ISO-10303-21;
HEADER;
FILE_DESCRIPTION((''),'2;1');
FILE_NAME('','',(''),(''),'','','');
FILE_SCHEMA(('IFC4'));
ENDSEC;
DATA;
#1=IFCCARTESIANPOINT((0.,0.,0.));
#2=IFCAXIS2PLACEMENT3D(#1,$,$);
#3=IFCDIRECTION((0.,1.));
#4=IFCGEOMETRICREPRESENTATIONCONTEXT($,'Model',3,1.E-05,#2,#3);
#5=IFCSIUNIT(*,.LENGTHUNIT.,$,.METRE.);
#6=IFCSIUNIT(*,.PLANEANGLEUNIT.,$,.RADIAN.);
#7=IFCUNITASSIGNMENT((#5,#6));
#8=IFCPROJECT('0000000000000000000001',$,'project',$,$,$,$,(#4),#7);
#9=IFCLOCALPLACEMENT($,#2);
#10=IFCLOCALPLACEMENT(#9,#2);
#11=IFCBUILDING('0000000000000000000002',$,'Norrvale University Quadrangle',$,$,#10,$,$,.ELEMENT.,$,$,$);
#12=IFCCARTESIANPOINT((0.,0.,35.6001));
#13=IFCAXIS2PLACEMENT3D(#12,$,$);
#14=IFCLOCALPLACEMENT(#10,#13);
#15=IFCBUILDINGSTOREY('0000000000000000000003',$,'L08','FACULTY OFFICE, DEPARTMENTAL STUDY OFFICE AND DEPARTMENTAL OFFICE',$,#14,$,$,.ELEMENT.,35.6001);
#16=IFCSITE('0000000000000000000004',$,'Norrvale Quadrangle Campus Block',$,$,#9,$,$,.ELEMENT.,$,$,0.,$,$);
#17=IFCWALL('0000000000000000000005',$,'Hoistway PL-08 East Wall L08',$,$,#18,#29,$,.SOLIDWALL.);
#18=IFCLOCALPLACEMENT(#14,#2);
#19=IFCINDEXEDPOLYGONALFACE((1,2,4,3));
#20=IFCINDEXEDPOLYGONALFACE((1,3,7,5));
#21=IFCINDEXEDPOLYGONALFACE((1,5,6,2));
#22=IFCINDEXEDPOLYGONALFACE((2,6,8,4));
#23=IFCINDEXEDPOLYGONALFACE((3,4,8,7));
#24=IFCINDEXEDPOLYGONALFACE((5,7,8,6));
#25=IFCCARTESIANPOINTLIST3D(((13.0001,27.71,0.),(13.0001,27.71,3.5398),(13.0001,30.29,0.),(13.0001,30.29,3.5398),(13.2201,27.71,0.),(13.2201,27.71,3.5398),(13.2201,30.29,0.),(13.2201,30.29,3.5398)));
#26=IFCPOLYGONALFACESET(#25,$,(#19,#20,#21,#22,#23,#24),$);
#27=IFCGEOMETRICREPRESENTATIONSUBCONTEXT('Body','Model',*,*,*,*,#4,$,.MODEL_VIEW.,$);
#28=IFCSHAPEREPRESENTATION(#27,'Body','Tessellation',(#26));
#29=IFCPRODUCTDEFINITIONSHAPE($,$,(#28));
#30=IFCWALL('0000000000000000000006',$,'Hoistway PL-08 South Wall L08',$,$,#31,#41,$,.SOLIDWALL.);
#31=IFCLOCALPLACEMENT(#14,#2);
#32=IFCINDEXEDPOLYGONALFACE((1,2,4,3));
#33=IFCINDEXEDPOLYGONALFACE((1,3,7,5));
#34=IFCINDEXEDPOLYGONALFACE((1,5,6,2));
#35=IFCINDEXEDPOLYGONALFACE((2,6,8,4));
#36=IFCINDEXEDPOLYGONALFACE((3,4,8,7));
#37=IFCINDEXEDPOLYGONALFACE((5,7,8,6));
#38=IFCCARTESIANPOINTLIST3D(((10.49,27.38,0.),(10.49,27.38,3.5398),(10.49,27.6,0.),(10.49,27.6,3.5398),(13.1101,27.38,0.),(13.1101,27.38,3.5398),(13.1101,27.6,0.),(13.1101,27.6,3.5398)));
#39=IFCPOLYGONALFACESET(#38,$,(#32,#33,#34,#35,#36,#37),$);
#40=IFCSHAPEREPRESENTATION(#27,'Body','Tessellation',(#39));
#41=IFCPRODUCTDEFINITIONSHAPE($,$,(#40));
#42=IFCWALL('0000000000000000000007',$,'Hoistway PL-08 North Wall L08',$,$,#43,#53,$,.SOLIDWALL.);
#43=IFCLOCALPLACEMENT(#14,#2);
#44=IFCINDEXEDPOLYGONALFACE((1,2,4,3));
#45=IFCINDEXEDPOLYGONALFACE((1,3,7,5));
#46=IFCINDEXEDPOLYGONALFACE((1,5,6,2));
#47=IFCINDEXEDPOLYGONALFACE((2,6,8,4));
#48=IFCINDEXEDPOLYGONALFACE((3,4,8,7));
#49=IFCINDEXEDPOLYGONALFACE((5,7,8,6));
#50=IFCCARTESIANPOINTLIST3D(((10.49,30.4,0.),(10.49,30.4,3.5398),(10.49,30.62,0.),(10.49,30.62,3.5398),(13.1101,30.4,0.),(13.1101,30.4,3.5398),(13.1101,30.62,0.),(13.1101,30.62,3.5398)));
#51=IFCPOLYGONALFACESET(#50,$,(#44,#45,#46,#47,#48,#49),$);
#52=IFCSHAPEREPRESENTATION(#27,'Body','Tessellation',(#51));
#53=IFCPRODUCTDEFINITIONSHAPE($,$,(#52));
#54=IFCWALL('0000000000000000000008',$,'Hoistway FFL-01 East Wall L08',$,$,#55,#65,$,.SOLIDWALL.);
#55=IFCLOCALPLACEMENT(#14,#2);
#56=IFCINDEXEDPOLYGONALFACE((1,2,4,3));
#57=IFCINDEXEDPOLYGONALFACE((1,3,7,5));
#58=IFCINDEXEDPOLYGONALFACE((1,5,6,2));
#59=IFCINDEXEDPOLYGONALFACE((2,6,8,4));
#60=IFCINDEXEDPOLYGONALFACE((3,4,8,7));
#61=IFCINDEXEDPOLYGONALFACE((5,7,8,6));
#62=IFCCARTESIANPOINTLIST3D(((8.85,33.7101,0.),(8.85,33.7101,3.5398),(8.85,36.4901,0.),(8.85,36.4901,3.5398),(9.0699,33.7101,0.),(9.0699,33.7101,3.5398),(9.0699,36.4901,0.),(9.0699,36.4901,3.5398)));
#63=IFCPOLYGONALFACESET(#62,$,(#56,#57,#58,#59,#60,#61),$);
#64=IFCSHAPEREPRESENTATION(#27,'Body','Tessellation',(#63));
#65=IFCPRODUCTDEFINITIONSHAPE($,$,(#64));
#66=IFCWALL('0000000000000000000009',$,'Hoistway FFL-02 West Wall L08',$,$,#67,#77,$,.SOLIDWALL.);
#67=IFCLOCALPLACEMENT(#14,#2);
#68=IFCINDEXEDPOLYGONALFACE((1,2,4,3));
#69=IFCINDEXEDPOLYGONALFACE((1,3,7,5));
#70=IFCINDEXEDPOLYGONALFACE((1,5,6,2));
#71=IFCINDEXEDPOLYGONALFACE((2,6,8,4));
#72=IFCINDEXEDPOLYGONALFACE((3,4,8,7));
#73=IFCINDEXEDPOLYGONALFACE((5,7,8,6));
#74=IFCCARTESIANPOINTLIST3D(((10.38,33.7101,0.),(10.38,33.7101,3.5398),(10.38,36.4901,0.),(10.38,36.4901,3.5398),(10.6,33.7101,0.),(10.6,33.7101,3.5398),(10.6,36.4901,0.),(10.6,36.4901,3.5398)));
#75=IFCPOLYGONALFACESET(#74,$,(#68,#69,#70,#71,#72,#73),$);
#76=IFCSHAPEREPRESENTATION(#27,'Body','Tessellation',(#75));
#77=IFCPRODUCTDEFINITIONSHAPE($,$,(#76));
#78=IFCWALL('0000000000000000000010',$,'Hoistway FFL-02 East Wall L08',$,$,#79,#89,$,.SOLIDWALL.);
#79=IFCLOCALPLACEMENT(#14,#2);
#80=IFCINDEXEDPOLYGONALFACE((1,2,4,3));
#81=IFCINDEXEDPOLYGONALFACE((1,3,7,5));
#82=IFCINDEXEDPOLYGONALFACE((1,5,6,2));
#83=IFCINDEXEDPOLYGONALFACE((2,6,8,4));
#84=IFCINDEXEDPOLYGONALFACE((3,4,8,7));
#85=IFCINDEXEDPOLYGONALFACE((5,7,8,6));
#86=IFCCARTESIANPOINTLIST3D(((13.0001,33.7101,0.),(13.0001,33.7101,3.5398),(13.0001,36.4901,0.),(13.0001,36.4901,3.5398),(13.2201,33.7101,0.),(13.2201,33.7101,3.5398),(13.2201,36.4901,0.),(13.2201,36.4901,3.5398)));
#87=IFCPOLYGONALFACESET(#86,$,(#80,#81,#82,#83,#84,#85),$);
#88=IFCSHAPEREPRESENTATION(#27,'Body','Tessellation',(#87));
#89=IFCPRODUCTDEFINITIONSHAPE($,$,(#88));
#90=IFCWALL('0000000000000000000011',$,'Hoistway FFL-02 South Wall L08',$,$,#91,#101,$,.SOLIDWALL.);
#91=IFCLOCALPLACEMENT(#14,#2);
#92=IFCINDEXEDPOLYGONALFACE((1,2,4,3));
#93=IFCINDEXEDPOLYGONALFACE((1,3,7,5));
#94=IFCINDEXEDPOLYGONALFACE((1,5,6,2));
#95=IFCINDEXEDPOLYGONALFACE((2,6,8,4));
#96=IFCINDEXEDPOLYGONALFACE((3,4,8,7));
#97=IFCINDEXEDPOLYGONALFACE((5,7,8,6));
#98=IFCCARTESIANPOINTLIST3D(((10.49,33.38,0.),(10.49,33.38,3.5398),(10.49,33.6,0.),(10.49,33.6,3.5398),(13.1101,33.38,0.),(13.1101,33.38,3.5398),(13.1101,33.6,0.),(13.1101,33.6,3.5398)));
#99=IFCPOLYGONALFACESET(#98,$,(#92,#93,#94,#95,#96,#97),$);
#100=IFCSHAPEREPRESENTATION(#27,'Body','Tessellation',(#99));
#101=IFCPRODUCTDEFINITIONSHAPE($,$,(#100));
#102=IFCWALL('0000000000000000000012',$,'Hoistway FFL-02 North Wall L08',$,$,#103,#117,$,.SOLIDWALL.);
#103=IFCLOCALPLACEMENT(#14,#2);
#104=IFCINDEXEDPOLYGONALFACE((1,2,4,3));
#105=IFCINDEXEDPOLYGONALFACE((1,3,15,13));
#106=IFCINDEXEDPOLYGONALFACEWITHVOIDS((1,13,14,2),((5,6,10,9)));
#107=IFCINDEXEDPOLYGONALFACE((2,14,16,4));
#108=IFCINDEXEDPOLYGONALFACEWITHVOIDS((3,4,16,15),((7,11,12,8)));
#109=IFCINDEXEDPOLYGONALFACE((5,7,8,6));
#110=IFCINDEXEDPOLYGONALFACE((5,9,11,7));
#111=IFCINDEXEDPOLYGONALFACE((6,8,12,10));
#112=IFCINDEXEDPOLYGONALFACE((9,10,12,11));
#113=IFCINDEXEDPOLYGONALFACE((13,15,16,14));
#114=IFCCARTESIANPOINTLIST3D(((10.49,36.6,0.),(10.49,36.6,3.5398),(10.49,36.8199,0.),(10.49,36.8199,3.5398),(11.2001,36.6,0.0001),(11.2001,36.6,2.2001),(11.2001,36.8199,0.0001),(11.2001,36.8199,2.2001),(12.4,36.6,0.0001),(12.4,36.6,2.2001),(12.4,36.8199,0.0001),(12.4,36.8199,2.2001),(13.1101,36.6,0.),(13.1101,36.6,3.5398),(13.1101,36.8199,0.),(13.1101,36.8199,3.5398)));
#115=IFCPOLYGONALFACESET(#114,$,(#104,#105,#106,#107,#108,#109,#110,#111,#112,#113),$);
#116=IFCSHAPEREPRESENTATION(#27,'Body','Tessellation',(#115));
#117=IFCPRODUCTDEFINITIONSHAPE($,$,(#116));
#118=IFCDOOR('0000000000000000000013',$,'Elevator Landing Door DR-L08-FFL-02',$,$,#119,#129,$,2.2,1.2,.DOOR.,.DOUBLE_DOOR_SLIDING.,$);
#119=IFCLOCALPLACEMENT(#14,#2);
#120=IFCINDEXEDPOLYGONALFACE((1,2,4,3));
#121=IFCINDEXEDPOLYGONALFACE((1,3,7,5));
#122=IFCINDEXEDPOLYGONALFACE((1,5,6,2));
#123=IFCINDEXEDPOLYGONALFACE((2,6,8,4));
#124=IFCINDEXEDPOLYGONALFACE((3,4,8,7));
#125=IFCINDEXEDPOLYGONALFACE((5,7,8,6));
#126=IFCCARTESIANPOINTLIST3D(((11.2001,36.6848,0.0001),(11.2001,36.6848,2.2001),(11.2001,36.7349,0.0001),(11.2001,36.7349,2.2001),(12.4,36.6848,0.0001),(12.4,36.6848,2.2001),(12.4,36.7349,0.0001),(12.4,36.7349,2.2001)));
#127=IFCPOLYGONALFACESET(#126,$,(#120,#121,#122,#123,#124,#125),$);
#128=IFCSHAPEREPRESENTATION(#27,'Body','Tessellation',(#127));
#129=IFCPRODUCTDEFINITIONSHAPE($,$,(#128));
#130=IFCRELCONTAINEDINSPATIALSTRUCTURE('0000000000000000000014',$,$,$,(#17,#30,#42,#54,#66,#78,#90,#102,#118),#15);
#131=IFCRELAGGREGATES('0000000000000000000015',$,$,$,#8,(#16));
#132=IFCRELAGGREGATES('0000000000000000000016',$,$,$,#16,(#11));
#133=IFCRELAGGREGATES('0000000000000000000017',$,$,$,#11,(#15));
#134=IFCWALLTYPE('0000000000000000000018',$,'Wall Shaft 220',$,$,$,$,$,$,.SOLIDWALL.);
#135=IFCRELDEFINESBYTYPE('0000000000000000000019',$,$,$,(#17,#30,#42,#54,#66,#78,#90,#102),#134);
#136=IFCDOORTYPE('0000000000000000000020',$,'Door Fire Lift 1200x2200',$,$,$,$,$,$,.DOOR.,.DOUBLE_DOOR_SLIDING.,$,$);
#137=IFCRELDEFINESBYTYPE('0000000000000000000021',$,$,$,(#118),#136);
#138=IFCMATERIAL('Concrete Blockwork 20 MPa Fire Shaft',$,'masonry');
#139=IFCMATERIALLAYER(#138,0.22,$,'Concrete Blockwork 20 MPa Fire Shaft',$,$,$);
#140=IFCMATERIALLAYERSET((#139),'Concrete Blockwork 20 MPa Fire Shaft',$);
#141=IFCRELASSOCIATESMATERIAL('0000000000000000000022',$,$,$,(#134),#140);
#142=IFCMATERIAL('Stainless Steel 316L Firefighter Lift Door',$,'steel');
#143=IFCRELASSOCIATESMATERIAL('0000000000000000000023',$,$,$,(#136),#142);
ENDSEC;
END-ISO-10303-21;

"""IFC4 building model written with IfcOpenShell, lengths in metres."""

from ifc_helpers import new_model, si_unit, direction, frame, frame_2d, origin, place, context, subcontext, project, spatial, rectangle, extrude, material, layer, layer_set, type_object, element, fill, save


model = new_model("IFC4")

# Units and contexts
model_context = context("Model", 3, precision=1e-05, world=origin(), true_north=direction((0.0, 1.0)))
body_context = subcontext(model_context, "Body", "Model", "MODEL_VIEW")
ifc_project = project(units=[si_unit("LENGTHUNIT", "METRE"), si_unit("PLANEANGLEUNIT", "RADIAN")], contexts=[model_context])

# Site, building, storey
site_placement = place(None, origin())
site = spatial("IfcSite", under=ifc_project, at=site_placement, Name="Norrvale Quadrangle Campus Block", CompositionType="ELEMENT", RefElevation=0.0)
building_placement = place(site_placement, origin())
building = spatial("IfcBuilding", under=site, at=building_placement, Name="Norrvale University Quadrangle", CompositionType="ELEMENT")
storey_placement = place(building_placement, frame((0.0, 0.0, 35.6001)))
storey = spatial("IfcBuildingStorey", under=building, at=storey_placement, Name="L08", Description="FACULTY OFFICE, DEPARTMENTAL STUDY OFFICE AND DEPARTMENTAL OFFICE", CompositionType="ELEMENT", Elevation=35.6001)

# Walls
ifc_material_1 = material(Name="Concrete Blockwork 20 MPa Fire Shaft", Category="masonry")
ifc_layer_1 = layer(ifc_material_1, 0.22, Name="Concrete Blockwork 20 MPa Fire Shaft")
ifc_layer_set_1 = layer_set([ifc_layer_1], Name="Concrete Blockwork 20 MPa Fire Shaft")
wall_type_1 = type_object("IfcWallType", Name="Wall Shaft 220", PredefinedType="SOLIDWALL", material=ifc_layer_set_1)
for number, where, z_axis, x_axis, name in (
    (1, (13.1101, 27.71, 0.0), (0.0, 0.0, 1.0), (0.0, 1.0, 0.0), "Hoistway PL-08 East Wall L08"),
):
    element("IfcWall", number, at=place(storey_placement, frame(where, z_axis=z_axis, x_axis=x_axis)), inside=storey, type_object=wall_type_1, Name=name, PredefinedType="SOLIDWALL", context=body_context, shape_type="SweptSolid", body=[
        extrude(rectangle(XDim=2.5801, YDim=0.22, at=frame_2d((1.29, 0.0))), origin(), (0.0, 0.0, 1.0), 3.5398),
    ])
for number, where, z_axis, x_axis, name in (
    (2, (10.49, 27.49, 0.0), (0.0, 0.0, 1.0), (1.0, 0.0, 0.0), "Hoistway PL-08 South Wall L08"),
    (3, (10.49, 30.51, 0.0), (0.0, 0.0, 1.0), (1.0, 0.0, 0.0), "Hoistway PL-08 North Wall L08"),
):
    element("IfcWall", number, at=place(storey_placement, frame(where, z_axis=z_axis, x_axis=x_axis)), inside=storey, type_object=wall_type_1, Name=name, PredefinedType="SOLIDWALL", context=body_context, shape_type="SweptSolid", body=[
        extrude(rectangle(XDim=2.6201, YDim=0.22, at=frame_2d((1.3101, 0.0))), origin(), (0.0, 0.0, 1.0), 3.5398),
    ])
for number, where, z_axis, x_axis, name in (
    (4, (8.96, 33.71, 0.0), (0.0, 0.0, 1.0), (0.0, 1.0, 0.0), "Hoistway FFL-01 East Wall L08"),
    (5, (10.49, 33.71, 0.0), (0.0, 0.0, 1.0), (0.0, 1.0, 0.0), "Hoistway FFL-02 West Wall L08"),
    (6, (13.1101, 33.71, 0.0), (0.0, 0.0, 1.0), (0.0, 1.0, 0.0), "Hoistway FFL-02 East Wall L08"),
):
    element("IfcWall", number, at=place(storey_placement, frame(where, z_axis=z_axis, x_axis=x_axis)), inside=storey, type_object=wall_type_1, Name=name, PredefinedType="SOLIDWALL", context=body_context, shape_type="SweptSolid", body=[
        extrude(rectangle(XDim=2.78, YDim=0.22, at=frame_2d((1.3901, 0.0))), origin(), (0.0, 0.0, 1.0), 3.5398),
    ])
wall_1_placement = place(storey_placement, frame((10.49, 33.49, 0.0), z_axis=(0.0, 0.0, 1.0), x_axis=(1.0, 0.0, 0.0)))
element("IfcWall", 7, at=wall_1_placement, inside=storey, type_object=wall_type_1, Name="Hoistway FFL-02 South Wall L08", PredefinedType="SOLIDWALL", context=body_context, shape_type="SweptSolid", body=[
    extrude(rectangle(XDim=2.6201, YDim=0.22, at=frame_2d((1.3101, 0.0))), origin(), (0.0, 0.0, 1.0), 3.5398),
])

# Wall, opening, door
wall_2_placement = place(storey_placement, frame((10.49, 36.71, 0.0), z_axis=(0.0, 0.0, 1.0), x_axis=(1.0, 0.0, 0.0)))
wall_2 = element("IfcWall", 8, at=wall_2_placement, inside=storey, type_object=wall_type_1, Name="Hoistway FFL-02 North Wall L08", PredefinedType="SOLIDWALL", context=body_context, shape_type="SweptSolid", body=[
    extrude(rectangle(XDim=2.6201, YDim=0.22, at=frame_2d((1.3101, 0.0))), origin(), (0.0, 0.0, 1.0), 3.5398),
])
opening_1_placement = place(wall_2_placement, frame((0.71, 0.0, 0.0)))
opening_1 = element("IfcOpeningElement", 9, at=opening_1_placement, cuts=wall_2, PredefinedType="OPENING", context=body_context, shape_type="SweptSolid", body=[
    extrude(rectangle(XDim=1.2, YDim=2.2, at=frame_2d((0.6001, 1.1001))), frame((0.0, 0.1221, 0.0), z_axis=(0.0, -1.0, 0.0), x_axis=(1.0, 0.0, 0.0)), (0.0, 0.0, 1.0), 0.2439),
])
ifc_material_2 = material(Name="Stainless Steel 316L Firefighter Lift Door", Category="steel")
door_type_1 = type_object("IfcDoorType", Name="Door Fire Lift 1200x2200", OperationType="DOUBLE_DOOR_SLIDING", PredefinedType="DOOR", material=ifc_material_2)
door_1_placement = place(opening_1_placement, origin())
door_1 = element("IfcDoor", 10, at=door_1_placement, inside=storey, type_object=door_type_1, Name="Elevator Landing Door DR-L08-FFL-02", OperationType="DOUBLE_DOOR_SLIDING", OverallHeight=2.2, OverallWidth=1.2, PredefinedType="DOOR", context=body_context, shape_type="SweptSolid", body=[
    extrude(rectangle(XDim=1.2, YDim=2.2, at=frame_2d((0.6001, 1.1001))), frame((0.0, 0.0249, 0.0), z_axis=(0.0, -1.0, 0.0), x_axis=(1.0, 0.0, 0.0)), (0.0, 0.0, 1.0), 0.05),
])
fill(opening_1, door_1)

save(model, "model.ifc")
